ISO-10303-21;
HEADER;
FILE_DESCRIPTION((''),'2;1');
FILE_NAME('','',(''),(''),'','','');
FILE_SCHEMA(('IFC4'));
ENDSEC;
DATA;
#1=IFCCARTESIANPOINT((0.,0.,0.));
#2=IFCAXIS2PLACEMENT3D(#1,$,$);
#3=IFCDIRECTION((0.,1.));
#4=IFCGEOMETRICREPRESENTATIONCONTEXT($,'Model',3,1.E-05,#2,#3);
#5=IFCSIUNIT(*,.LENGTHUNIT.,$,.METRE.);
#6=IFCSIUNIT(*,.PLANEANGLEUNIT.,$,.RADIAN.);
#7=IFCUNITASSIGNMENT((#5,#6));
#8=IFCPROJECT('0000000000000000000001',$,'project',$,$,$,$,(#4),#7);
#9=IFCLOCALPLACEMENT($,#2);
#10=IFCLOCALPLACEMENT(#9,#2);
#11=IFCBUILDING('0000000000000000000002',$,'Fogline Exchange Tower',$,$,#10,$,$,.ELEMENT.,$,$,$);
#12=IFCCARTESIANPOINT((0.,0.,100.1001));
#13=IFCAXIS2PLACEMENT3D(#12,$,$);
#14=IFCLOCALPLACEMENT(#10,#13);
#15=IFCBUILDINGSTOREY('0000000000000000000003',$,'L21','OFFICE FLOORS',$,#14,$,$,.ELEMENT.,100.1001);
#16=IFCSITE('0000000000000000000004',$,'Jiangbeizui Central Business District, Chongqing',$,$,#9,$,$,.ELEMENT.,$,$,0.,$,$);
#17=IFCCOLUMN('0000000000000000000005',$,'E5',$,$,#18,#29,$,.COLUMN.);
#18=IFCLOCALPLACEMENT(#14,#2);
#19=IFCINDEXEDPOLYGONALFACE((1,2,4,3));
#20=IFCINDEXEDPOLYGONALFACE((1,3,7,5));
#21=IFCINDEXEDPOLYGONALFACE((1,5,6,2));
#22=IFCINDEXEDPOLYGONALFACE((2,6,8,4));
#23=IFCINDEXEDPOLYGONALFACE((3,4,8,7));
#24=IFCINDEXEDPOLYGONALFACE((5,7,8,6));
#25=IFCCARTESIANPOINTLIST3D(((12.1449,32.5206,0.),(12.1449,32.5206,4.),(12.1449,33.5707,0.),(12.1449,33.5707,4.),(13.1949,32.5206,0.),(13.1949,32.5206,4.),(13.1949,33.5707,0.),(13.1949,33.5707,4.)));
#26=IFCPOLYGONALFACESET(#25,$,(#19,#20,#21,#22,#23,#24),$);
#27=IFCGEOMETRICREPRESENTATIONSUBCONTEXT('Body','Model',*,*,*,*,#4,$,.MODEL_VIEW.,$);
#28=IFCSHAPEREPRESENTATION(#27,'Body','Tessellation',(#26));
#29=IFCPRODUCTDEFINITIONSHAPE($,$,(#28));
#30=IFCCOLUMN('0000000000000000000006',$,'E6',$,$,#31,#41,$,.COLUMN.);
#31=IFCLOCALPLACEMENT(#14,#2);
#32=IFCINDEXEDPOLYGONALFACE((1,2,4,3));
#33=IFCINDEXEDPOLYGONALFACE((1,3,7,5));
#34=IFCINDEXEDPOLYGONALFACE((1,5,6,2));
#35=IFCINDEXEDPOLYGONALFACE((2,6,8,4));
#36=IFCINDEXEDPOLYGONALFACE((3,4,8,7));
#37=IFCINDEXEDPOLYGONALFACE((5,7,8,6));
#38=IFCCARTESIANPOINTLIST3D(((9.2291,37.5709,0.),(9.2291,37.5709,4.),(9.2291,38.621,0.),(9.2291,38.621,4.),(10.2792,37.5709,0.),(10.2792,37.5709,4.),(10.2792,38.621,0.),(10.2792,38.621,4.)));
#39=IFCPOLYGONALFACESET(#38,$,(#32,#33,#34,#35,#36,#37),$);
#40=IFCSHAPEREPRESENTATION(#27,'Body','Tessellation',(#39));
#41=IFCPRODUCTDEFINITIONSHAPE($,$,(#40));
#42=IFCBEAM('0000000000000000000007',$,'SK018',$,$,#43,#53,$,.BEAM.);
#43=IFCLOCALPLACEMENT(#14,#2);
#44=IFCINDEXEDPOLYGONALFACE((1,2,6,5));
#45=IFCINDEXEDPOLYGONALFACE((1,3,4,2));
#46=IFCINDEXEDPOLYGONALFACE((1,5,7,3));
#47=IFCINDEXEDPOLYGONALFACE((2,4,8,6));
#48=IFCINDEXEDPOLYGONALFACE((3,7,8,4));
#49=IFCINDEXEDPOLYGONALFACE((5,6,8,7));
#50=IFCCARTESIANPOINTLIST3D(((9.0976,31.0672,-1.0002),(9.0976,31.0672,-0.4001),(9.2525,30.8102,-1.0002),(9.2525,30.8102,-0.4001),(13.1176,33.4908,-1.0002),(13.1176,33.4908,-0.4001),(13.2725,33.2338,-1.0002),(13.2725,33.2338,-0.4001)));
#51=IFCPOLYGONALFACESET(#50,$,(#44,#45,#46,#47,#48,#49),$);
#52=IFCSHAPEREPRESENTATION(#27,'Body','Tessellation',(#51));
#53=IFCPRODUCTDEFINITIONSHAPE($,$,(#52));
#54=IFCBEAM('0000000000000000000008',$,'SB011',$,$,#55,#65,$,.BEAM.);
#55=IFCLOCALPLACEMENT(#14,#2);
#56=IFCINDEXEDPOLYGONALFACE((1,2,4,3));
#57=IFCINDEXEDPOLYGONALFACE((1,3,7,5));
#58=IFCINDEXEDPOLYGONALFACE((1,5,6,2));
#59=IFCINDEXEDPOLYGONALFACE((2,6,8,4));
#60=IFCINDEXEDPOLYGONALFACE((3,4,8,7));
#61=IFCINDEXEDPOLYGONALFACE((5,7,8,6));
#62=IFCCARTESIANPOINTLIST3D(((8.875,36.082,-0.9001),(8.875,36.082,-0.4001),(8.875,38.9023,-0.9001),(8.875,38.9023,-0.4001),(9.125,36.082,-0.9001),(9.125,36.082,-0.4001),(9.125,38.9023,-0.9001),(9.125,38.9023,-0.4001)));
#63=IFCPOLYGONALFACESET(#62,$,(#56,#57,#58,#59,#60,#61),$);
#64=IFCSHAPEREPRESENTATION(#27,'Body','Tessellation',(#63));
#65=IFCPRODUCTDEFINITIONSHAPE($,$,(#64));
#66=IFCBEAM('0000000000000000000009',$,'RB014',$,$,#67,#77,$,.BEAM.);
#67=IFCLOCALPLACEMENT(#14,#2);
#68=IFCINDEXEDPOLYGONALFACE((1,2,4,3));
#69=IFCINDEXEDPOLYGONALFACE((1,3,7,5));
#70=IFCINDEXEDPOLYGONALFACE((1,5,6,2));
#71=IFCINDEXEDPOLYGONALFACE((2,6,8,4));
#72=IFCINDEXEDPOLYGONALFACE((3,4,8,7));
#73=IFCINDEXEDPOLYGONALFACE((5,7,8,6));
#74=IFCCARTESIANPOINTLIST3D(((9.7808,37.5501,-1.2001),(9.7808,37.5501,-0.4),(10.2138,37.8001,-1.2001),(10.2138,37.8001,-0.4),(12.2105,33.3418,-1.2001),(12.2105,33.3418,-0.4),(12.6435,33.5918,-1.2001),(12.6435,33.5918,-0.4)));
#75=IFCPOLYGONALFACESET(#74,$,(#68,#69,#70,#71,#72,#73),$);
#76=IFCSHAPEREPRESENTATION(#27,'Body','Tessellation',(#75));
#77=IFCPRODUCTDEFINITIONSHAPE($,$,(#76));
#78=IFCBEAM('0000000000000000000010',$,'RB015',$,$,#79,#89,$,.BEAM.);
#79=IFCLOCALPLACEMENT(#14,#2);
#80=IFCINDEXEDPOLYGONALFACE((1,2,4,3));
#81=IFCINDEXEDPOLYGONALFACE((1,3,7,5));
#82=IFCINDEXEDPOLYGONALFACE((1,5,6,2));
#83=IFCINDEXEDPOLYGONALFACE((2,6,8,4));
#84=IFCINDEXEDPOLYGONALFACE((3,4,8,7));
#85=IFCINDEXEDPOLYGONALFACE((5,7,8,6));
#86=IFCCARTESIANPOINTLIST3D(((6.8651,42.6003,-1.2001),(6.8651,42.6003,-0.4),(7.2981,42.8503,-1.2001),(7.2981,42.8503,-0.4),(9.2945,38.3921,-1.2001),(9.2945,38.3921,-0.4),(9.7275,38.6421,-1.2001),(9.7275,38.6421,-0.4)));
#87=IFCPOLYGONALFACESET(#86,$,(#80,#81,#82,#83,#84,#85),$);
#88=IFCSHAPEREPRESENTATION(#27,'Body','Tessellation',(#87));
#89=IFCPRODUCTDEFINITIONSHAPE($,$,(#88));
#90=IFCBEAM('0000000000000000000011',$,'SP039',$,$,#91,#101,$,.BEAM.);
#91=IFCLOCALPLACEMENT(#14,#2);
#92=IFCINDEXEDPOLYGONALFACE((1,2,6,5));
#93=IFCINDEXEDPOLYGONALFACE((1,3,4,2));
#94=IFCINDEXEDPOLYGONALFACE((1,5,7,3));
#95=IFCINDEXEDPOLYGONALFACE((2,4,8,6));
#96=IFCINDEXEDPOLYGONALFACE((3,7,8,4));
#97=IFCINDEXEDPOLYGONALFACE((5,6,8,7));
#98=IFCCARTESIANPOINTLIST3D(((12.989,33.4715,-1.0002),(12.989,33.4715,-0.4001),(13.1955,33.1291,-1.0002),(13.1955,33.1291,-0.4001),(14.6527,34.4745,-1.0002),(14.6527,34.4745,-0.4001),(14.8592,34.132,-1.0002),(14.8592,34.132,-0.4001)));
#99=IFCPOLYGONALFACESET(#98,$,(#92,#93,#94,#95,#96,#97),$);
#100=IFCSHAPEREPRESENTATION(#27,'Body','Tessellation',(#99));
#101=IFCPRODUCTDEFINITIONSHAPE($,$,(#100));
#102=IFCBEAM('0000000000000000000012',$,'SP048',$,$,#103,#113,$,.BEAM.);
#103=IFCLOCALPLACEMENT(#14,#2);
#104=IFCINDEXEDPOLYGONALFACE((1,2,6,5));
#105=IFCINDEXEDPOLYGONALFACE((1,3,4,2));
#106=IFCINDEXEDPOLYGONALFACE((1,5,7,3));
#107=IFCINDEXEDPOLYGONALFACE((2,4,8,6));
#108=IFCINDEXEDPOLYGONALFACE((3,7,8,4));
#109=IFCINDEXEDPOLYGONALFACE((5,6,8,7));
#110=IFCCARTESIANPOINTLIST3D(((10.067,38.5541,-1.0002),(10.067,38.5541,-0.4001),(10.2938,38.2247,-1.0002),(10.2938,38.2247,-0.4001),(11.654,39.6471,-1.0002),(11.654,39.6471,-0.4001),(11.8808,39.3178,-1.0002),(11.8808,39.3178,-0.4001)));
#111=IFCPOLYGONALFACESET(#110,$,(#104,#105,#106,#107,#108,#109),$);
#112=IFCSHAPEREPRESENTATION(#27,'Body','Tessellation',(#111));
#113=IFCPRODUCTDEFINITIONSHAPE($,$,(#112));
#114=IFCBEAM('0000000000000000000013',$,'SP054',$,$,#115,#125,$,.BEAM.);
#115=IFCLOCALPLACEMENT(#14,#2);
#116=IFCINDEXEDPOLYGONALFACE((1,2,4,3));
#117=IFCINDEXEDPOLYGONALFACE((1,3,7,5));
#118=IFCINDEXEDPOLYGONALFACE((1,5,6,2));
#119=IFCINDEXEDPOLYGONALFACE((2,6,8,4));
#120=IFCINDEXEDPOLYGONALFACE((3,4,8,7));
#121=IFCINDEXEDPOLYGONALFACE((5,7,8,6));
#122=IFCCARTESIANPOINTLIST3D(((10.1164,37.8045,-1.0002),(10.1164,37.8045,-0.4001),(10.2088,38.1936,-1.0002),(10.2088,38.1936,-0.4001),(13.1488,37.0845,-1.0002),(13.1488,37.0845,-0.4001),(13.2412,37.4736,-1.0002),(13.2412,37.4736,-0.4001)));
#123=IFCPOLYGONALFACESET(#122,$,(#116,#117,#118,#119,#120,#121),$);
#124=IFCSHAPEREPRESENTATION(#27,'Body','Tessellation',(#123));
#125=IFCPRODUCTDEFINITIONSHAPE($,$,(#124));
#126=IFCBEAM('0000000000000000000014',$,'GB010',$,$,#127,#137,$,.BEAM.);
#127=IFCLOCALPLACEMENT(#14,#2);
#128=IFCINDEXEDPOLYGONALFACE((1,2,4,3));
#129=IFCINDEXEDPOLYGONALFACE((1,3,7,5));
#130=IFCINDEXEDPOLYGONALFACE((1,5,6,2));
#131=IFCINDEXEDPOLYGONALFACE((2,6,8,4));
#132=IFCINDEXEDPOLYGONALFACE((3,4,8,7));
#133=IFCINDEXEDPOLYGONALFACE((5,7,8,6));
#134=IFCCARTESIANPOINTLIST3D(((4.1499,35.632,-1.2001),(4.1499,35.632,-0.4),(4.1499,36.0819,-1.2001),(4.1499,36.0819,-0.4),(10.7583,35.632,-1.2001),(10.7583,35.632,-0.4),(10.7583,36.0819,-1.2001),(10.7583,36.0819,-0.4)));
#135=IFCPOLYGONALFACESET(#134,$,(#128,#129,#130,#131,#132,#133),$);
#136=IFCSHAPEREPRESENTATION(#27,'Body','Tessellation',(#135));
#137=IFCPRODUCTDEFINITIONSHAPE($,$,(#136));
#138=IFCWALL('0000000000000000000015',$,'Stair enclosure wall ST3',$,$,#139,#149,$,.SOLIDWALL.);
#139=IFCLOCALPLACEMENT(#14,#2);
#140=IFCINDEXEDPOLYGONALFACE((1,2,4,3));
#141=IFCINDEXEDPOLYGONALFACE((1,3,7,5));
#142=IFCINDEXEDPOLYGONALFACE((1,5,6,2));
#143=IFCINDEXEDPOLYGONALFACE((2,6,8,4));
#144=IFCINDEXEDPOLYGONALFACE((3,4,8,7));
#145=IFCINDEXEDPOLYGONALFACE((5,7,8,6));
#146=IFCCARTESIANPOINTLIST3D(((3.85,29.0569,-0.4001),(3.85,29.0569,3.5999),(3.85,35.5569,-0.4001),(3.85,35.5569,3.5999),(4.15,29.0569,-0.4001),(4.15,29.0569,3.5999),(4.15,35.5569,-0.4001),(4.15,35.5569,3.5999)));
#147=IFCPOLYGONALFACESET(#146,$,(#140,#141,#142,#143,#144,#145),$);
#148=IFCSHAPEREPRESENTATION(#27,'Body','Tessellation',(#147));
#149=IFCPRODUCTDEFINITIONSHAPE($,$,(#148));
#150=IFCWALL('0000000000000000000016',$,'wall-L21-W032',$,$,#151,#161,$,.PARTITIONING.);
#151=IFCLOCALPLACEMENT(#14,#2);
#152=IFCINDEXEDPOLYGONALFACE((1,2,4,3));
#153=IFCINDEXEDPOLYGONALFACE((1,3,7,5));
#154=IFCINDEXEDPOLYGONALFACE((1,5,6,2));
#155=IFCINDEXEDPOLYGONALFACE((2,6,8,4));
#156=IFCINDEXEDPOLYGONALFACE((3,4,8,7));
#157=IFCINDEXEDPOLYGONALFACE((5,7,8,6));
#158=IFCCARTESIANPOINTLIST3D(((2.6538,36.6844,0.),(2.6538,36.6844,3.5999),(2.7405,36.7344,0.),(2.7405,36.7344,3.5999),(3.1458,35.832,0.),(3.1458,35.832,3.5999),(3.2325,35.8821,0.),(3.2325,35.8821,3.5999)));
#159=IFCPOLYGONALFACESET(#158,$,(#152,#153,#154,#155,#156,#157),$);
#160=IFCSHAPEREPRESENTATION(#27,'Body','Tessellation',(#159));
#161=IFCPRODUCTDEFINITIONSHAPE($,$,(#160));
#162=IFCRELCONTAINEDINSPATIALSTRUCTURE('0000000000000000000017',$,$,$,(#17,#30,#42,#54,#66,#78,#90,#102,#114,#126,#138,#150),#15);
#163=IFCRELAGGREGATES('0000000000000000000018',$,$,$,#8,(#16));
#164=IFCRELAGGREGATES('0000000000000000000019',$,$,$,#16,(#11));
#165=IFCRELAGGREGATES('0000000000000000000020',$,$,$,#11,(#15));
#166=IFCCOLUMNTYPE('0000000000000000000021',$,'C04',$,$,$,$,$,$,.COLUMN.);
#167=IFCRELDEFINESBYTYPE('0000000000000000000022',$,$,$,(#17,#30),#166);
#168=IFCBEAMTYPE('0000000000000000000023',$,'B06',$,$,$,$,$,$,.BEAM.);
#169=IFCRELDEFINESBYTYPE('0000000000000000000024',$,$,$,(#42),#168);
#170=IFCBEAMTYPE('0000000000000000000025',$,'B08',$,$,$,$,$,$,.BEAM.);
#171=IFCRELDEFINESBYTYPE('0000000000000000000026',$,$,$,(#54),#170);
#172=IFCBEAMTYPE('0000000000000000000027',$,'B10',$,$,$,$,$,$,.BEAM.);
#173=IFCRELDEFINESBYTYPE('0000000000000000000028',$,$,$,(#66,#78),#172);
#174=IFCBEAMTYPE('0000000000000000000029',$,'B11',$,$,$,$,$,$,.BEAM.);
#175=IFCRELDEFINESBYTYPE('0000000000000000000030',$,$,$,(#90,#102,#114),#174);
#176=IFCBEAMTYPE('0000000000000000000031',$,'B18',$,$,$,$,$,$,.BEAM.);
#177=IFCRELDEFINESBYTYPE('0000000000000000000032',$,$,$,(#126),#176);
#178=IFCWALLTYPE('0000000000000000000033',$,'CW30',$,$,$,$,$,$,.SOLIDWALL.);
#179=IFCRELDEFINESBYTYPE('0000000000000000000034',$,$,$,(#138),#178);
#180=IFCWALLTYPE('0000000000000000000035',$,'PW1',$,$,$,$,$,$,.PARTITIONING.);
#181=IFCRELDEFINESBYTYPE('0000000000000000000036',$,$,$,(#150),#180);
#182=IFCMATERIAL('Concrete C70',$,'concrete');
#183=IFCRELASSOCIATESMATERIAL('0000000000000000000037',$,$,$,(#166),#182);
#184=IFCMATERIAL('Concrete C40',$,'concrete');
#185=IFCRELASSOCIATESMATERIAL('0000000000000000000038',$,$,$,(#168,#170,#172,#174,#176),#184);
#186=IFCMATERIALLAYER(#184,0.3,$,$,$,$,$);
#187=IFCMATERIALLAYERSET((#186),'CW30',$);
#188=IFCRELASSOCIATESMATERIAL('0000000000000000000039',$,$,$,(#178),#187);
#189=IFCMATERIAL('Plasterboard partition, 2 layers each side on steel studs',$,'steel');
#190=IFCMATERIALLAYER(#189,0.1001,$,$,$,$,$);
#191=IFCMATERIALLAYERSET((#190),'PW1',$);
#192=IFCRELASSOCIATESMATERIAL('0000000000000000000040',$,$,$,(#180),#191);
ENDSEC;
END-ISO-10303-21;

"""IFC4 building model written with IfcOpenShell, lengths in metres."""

from ifc_helpers import new_model, si_unit, direction, frame, frame_2d, origin, origin_2d, place, context, subcontext, project, spatial, rectangle, extrude, material, layer, layer_set, material_profile, profile_set, type_object, element, save


model = new_model("IFC4")

# Units and contexts
model_context = context("Model", 3, precision=1e-05, world=origin(), true_north=direction((0.0, 1.0)))
body_context = subcontext(model_context, "Body", "Model", "MODEL_VIEW")
ifc_project = project(units=[si_unit("LENGTHUNIT", "METRE"), si_unit("PLANEANGLEUNIT", "RADIAN")], contexts=[model_context])

# Site, building, storey
site_placement = place(None, origin())
site = spatial("IfcSite", under=ifc_project, at=site_placement, Name="Jiangbeizui Central Business District, Chongqing", CompositionType="ELEMENT", RefElevation=0.0)
building_placement = place(site_placement, origin())
building = spatial("IfcBuilding", under=site, at=building_placement, Name="Fogline Exchange Tower", CompositionType="ELEMENT")
storey_placement = place(building_placement, frame((0.0, 0.0, 100.1001)))
storey = spatial("IfcBuildingStorey", under=building, at=storey_placement, Name="L21", Description="OFFICE FLOORS", CompositionType="ELEMENT", Elevation=100.1001)

# Columns
ifc_material_1 = material(Name="Concrete C70", Category="concrete")
ifc_material_profile_1 = material_profile(ifc_material_1, rectangle(XDim=1.05, YDim=1.05, at=origin_2d()), Name="RC 1050x1050")
ifc_profile_set_1 = profile_set([ifc_material_profile_1], Name="Concrete C70")
column_type = type_object("IfcColumnType", Name="C04", PredefinedType="COLUMN", material=ifc_profile_set_1)
for number, where, z_axis, x_axis, name in (
    (1, (12.6699, 33.0457, 0.0), (0.0, 0.0, 1.0), (1.0, 0.0, 0.0), "E5"),
    (2, (9.7542, 38.0959, 0.0), (0.0, 0.0, 1.0), (1.0, 0.0, 0.0), "E6"),
):
    element("IfcColumn", number, at=place(storey_placement, frame(where, z_axis=z_axis, x_axis=x_axis)), inside=storey, type_object=column_type, Name=name, PredefinedType="COLUMN", context=body_context, shape_type="SweptSolid", body=[
        extrude(rectangle(XDim=1.05, YDim=1.05, at=origin_2d()), origin(), (0.0, 0.0, 1.0), 4.0),
    ])

# Beams
ifc_material_2 = material(Name="Concrete C40", Category="concrete")
ifc_material_profile_2 = material_profile(ifc_material_2, rectangle(XDim=0.3, YDim=0.6001, at=origin_2d()), Name="RC 300x600")
ifc_profile_set_2 = profile_set([ifc_material_profile_2], Name="Concrete C40")
beam_type_1 = type_object("IfcBeamType", Name="B06", PredefinedType="BEAM", material=ifc_profile_set_2)
beam_1_placement = place(storey_placement, frame((13.1951, 33.3623, -0.7002), z_axis=(-0.856403, -0.516307, 0.0), x_axis=(0.516307, -0.856403, 0.0)))
element("IfcBeam", 3, at=beam_1_placement, inside=storey, type_object=beam_type_1, Name="SK018", PredefinedType="BEAM", context=body_context, shape_type="SweptSolid", body=[
    extrude(rectangle(XDim=0.3, YDim=0.6001, at=origin_2d()), origin(), (0.0, 0.0, 1.0), 4.6941),
])
ifc_material_profile_3 = material_profile(ifc_material_2, rectangle(XDim=0.25, YDim=0.5, at=origin_2d()), Name="RC 250x500")
ifc_profile_set_3 = profile_set([ifc_material_profile_3], Name="Concrete C40")
beam_type_2 = type_object("IfcBeamType", Name="B08", PredefinedType="BEAM", material=ifc_profile_set_3)
beam_2_placement = place(storey_placement, frame((9.0, 36.082, -0.6501), z_axis=(0.0, 1.0, 0.0), x_axis=(-1.0, 0.0, 0.0)))
element("IfcBeam", 4, at=beam_2_placement, inside=storey, type_object=beam_type_2, Name="SB011", PredefinedType="BEAM", context=body_context, shape_type="SweptSolid", body=[
    extrude(rectangle(XDim=0.25, YDim=0.5, at=origin_2d()), origin(), (0.0, 0.0, 1.0), 2.8203),
])
ifc_material_profile_4 = material_profile(ifc_material_2, rectangle(XDim=0.5, YDim=0.8, at=origin_2d()), Name="RC 500x800")
ifc_profile_set_4 = profile_set([ifc_material_profile_4], Name="Concrete C40")
beam_type_3 = type_object("IfcBeamType", Name="B10", PredefinedType="BEAM", material=ifc_profile_set_4)
beam_3_placement = place(storey_placement, frame((12.427, 33.4668, -0.8), z_axis=(-0.500008, 0.866021, 0.0), x_axis=(-0.866021, -0.500008, 0.0)))
element("IfcBeam", 5, at=beam_3_placement, inside=storey, type_object=beam_type_3, Name="RB014", PredefinedType="BEAM", context=body_context, shape_type="SweptSolid", body=[
    extrude(rectangle(XDim=0.5, YDim=0.8, at=origin_2d()), origin(), (0.0, 0.0, 1.0), 4.8594),
])
beam_4_placement = place(storey_placement, frame((9.511, 38.5171, -0.8), z_axis=(-0.49997, 0.866043, 0.0), x_axis=(-0.866043, -0.49997, 0.0)))
element("IfcBeam", 6, at=beam_4_placement, inside=storey, type_object=beam_type_3, Name="RB015", PredefinedType="BEAM", context=body_context, shape_type="SweptSolid", body=[
    extrude(rectangle(XDim=0.5, YDim=0.8, at=origin_2d()), origin(), (0.0, 0.0, 1.0), 4.8591),
])
ifc_material_profile_5 = material_profile(ifc_material_2, rectangle(XDim=0.3999, YDim=0.6001, at=origin_2d()), Name="RC 400x600")
ifc_profile_set_5 = profile_set([ifc_material_profile_5], Name="Concrete C40")
beam_type_4 = type_object("IfcBeamType", Name="B11", PredefinedType="BEAM", material=ifc_profile_set_5)
beam_5_placement = place(storey_placement, frame((13.0923, 33.3003, -0.7002), z_axis=(0.856404, 0.516306, 0.0), x_axis=(-0.516306, 0.856404, 0.0)))
element("IfcBeam", 7, at=beam_5_placement, inside=storey, type_object=beam_type_4, Name="SP039", PredefinedType="BEAM", context=body_context, shape_type="SweptSolid", body=[
    extrude(rectangle(XDim=0.3999, YDim=0.6001, at=origin_2d()), origin(), (0.0, 0.0, 1.0), 1.9426),
])
beam_6_placement = place(storey_placement, frame((10.1804, 38.3894, -0.7002), z_axis=(0.823554, 0.567238, 0.0), x_axis=(-0.567238, 0.823554, 0.0)))
element("IfcBeam", 8, at=beam_6_placement, inside=storey, type_object=beam_type_4, Name="SP048", PredefinedType="BEAM", context=body_context, shape_type="SweptSolid", body=[
    extrude(rectangle(XDim=0.3999, YDim=0.6001, at=origin_2d()), origin(), (0.0, 0.0, 1.0), 1.927),
])
beam_7_placement = place(storey_placement, frame((10.1626, 37.999, -0.7002), z_axis=(0.972954, -0.230999, 0.0), x_axis=(0.230999, 0.972954, 0.0)))
element("IfcBeam", 9, at=beam_7_placement, inside=storey, type_object=beam_type_4, Name="SP054", PredefinedType="BEAM", context=body_context, shape_type="SweptSolid", body=[
    extrude(rectangle(XDim=0.3999, YDim=0.6001, at=origin_2d()), origin(), (0.0, 0.0, 1.0), 3.1167),
])
ifc_material_profile_6 = material_profile(ifc_material_2, rectangle(XDim=0.45, YDim=0.8, at=origin_2d()), Name="RC 450x800")
ifc_profile_set_6 = profile_set([ifc_material_profile_6], Name="Concrete C40")
beam_type_5 = type_object("IfcBeamType", Name="B18", PredefinedType="BEAM", material=ifc_profile_set_6)
beam_8_placement = place(storey_placement, frame((4.1499, 35.8569, -0.8), z_axis=(1.0, 0.0, 0.0), x_axis=(0.0, 1.0, 0.0)))
element("IfcBeam", 10, at=beam_8_placement, inside=storey, type_object=beam_type_5, Name="GB010", PredefinedType="BEAM", context=body_context, shape_type="SweptSolid", body=[
    extrude(rectangle(XDim=0.45, YDim=0.8, at=origin_2d()), origin(), (0.0, 0.0, 1.0), 6.6084),
])

# Walls
ifc_layer_1 = layer(ifc_material_2, 0.3)
ifc_layer_set_1 = layer_set([ifc_layer_1], Name="CW30")
wall_type_1 = type_object("IfcWallType", Name="CW30", PredefinedType="SOLIDWALL", material=ifc_layer_set_1)
wall_1_placement = place(storey_placement, frame((4.0, 29.0569, -0.4001), z_axis=(0.0, 0.0, 1.0), x_axis=(0.0, 1.0, 0.0)))
element("IfcWall", 11, at=wall_1_placement, inside=storey, type_object=wall_type_1, Name="Stair enclosure wall ST3", PredefinedType="SOLIDWALL", context=body_context, shape_type="SweptSolid", body=[
    extrude(rectangle(XDim=6.5, YDim=0.3, at=frame_2d((3.25, 0.0))), origin(), (0.0, 0.0, 1.0), 4.0),
])
ifc_material_3 = material(Name="Plasterboard partition, 2 layers each side on steel studs", Category="steel")
ifc_layer_2 = layer(ifc_material_3, 0.1001)
ifc_layer_set_2 = layer_set([ifc_layer_2], Name="PW1")
wall_type_2 = type_object("IfcWallType", Name="PW1", PredefinedType="PARTITIONING", material=ifc_layer_set_2)
wall_2_placement = place(storey_placement, frame((3.1892, 35.8569, 0.0), z_axis=(0.0, 0.0, 1.0), x_axis=(-0.499901, 0.866082, 0.0)))
element("IfcWall", 12, at=wall_2_placement, inside=storey, type_object=wall_type_2, Name="wall-L21-W032", PredefinedType="PARTITIONING", context=body_context, shape_type="SweptSolid", body=[
    extrude(rectangle(XDim=0.9841, YDim=0.1001, at=frame_2d((0.4922, 0.0))), origin(), (0.0, 0.0, 1.0), 3.5999),
])

save(model, "model.ifc")
